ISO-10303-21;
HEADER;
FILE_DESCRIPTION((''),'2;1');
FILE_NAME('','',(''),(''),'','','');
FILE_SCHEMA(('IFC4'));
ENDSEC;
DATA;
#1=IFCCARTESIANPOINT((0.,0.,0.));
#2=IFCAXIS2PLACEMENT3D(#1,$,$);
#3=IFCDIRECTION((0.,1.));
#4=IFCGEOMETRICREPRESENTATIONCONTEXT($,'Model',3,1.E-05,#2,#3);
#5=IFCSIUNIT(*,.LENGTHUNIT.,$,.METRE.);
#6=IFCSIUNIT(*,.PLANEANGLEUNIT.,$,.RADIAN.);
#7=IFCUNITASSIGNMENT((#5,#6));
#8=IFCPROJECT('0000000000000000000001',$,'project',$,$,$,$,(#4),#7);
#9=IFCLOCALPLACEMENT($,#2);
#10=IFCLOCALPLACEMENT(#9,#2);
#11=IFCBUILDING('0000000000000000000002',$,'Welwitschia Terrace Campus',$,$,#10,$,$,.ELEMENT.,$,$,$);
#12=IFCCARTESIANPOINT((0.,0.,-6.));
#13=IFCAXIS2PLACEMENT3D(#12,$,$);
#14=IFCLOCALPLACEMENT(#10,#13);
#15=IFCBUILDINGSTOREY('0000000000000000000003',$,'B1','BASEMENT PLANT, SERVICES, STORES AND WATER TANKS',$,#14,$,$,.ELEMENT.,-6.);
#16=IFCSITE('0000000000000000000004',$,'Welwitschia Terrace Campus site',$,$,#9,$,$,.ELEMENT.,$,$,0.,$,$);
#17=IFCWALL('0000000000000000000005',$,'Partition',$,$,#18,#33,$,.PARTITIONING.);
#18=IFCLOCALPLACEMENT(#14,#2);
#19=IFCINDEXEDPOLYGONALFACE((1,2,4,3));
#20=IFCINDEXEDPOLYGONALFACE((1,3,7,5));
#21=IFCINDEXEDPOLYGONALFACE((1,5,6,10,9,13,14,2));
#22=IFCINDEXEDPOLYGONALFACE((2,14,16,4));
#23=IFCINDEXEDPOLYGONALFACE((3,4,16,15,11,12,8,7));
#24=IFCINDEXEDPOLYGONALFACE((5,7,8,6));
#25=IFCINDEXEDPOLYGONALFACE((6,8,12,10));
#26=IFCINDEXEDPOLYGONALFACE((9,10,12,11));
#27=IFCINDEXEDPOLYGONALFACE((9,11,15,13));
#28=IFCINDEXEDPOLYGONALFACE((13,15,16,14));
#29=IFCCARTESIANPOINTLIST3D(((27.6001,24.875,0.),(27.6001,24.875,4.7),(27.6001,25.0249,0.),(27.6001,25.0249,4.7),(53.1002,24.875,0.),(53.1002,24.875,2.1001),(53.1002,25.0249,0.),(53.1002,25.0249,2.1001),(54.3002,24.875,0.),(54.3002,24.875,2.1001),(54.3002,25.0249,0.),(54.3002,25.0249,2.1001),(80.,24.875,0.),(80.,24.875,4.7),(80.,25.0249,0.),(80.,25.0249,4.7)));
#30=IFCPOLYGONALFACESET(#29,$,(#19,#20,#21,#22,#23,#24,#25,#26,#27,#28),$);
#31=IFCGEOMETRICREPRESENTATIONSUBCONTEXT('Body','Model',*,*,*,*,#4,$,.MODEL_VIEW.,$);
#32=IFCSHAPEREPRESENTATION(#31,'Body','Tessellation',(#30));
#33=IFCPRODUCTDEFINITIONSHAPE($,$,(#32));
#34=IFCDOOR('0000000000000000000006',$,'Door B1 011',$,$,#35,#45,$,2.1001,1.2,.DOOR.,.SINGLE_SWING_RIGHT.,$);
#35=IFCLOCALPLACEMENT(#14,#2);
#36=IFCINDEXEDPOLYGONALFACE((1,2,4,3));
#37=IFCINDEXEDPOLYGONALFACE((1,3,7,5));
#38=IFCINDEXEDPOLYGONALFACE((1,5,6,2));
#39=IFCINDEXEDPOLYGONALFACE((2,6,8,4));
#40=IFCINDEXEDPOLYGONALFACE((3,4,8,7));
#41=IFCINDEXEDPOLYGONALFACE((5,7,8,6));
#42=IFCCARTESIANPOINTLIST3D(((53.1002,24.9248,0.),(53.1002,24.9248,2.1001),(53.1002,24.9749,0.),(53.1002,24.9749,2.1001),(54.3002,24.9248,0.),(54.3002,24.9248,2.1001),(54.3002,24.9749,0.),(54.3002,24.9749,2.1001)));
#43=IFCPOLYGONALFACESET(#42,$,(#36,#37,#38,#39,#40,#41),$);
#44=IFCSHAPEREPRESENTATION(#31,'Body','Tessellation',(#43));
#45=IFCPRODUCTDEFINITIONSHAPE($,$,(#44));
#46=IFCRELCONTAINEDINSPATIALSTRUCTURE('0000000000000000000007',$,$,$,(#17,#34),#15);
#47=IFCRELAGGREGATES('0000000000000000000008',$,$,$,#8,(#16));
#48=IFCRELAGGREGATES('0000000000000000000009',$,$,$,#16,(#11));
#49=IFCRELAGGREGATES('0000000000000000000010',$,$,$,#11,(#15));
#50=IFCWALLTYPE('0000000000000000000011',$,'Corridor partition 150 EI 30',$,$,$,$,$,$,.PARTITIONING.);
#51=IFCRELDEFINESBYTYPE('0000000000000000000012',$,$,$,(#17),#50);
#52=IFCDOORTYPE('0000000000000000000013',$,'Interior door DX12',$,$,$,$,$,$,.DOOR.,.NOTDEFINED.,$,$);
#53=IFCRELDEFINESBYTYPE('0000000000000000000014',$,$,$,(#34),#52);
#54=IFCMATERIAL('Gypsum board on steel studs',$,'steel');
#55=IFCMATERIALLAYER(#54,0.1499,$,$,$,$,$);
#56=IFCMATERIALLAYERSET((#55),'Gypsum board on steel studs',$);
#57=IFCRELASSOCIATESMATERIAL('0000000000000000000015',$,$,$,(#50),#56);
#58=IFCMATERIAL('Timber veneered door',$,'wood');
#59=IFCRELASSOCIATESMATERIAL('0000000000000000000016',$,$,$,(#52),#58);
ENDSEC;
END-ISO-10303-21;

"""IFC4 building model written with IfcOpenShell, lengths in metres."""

from ifc_helpers import new_model, si_unit, direction, frame, frame_2d, origin, place, context, subcontext, project, spatial, rectangle, extrude, material, layer, layer_set, type_object, element, fill, save


model = new_model("IFC4")

# Units and contexts
model_context = context("Model", 3, precision=1e-05, world=origin(), true_north=direction((0.0, 1.0)))
body_context = subcontext(model_context, "Body", "Model", "MODEL_VIEW")
ifc_project = project(units=[si_unit("LENGTHUNIT", "METRE"), si_unit("PLANEANGLEUNIT", "RADIAN")], contexts=[model_context])

# Site, building, storey
site_placement = place(None, origin())
site = spatial("IfcSite", under=ifc_project, at=site_placement, Name="Welwitschia Terrace Campus site", CompositionType="ELEMENT", RefElevation=0.0)
building_placement = place(site_placement, origin())
building = spatial("IfcBuilding", under=site, at=building_placement, Name="Welwitschia Terrace Campus", CompositionType="ELEMENT")
storey_placement = place(building_placement, frame((0.0, 0.0, -6.0)))
storey = spatial("IfcBuildingStorey", under=building, at=storey_placement, Name="B1", Description="BASEMENT PLANT, SERVICES, STORES AND WATER TANKS", CompositionType="ELEMENT", Elevation=-6.0)

# Shared definitions
ifc_material_1 = material(Name="Gypsum board on steel studs", Category="steel")
ifc_layer_1 = layer(ifc_material_1, 0.1499)
ifc_layer_set_1 = layer_set([ifc_layer_1], Name="Gypsum board on steel studs")
wall_type_1 = type_object("IfcWallType", Name="Corridor partition 150 EI 30", PredefinedType="PARTITIONING", material=ifc_layer_set_1)

# Shared definitions
ifc_material_2 = material(Name="Timber veneered door", Category="wood")
door_type_1 = type_object("IfcDoorType", Name="Interior door DX12", OperationType="NOTDEFINED", PredefinedType="DOOR", material=ifc_material_2)

# Wall, opening, door
wall_1_placement = place(storey_placement, frame((27.6001, 24.95, 0.0), z_axis=(0.0, 0.0, 1.0), x_axis=(1.0, 0.0, 0.0)))
wall_1 = element("IfcWall", 1, at=wall_1_placement, inside=storey, type_object=wall_type_1, Name="Partition", PredefinedType="PARTITIONING", context=body_context, shape_type="SweptSolid", body=[
    extrude(rectangle(XDim=52.3999, YDim=0.1499, at=frame_2d((26.2, 0.0))), origin(), (0.0, 0.0, 1.0), 4.7),
])
opening_1_placement = place(wall_1_placement, frame((25.5, 0.0, 0.0)))
opening_1 = element("IfcOpeningElement", 2, at=opening_1_placement, cuts=wall_1, PredefinedType="OPENING", context=body_context, shape_type="SweptSolid", body=[
    extrude(rectangle(XDim=1.2, YDim=2.1001, at=frame_2d((0.6001, 1.05))), frame((0.0, 0.085, 0.0), z_axis=(0.0, -1.0, 0.0), x_axis=(1.0, 0.0, 0.0)), (0.0, 0.0, 1.0), 0.1699),
])
door_1_placement = place(opening_1_placement, origin())
door_1 = element("IfcDoor", 3, at=door_1_placement, inside=storey, type_object=door_type_1, Name="Door B1 011", OperationType="SINGLE_SWING_RIGHT", OverallHeight=2.1001, OverallWidth=1.2, PredefinedType="DOOR", context=body_context, shape_type="SweptSolid", body=[
    extrude(rectangle(XDim=1.2, YDim=2.1001, at=frame_2d((0.6001, 1.05))), frame((0.0, 0.0249, 0.0), z_axis=(0.0, -1.0, 0.0), x_axis=(1.0, 0.0, 0.0)), (0.0, 0.0, 1.0), 0.05),
])
fill(opening_1, door_1)

save(model, "model.ifc")
